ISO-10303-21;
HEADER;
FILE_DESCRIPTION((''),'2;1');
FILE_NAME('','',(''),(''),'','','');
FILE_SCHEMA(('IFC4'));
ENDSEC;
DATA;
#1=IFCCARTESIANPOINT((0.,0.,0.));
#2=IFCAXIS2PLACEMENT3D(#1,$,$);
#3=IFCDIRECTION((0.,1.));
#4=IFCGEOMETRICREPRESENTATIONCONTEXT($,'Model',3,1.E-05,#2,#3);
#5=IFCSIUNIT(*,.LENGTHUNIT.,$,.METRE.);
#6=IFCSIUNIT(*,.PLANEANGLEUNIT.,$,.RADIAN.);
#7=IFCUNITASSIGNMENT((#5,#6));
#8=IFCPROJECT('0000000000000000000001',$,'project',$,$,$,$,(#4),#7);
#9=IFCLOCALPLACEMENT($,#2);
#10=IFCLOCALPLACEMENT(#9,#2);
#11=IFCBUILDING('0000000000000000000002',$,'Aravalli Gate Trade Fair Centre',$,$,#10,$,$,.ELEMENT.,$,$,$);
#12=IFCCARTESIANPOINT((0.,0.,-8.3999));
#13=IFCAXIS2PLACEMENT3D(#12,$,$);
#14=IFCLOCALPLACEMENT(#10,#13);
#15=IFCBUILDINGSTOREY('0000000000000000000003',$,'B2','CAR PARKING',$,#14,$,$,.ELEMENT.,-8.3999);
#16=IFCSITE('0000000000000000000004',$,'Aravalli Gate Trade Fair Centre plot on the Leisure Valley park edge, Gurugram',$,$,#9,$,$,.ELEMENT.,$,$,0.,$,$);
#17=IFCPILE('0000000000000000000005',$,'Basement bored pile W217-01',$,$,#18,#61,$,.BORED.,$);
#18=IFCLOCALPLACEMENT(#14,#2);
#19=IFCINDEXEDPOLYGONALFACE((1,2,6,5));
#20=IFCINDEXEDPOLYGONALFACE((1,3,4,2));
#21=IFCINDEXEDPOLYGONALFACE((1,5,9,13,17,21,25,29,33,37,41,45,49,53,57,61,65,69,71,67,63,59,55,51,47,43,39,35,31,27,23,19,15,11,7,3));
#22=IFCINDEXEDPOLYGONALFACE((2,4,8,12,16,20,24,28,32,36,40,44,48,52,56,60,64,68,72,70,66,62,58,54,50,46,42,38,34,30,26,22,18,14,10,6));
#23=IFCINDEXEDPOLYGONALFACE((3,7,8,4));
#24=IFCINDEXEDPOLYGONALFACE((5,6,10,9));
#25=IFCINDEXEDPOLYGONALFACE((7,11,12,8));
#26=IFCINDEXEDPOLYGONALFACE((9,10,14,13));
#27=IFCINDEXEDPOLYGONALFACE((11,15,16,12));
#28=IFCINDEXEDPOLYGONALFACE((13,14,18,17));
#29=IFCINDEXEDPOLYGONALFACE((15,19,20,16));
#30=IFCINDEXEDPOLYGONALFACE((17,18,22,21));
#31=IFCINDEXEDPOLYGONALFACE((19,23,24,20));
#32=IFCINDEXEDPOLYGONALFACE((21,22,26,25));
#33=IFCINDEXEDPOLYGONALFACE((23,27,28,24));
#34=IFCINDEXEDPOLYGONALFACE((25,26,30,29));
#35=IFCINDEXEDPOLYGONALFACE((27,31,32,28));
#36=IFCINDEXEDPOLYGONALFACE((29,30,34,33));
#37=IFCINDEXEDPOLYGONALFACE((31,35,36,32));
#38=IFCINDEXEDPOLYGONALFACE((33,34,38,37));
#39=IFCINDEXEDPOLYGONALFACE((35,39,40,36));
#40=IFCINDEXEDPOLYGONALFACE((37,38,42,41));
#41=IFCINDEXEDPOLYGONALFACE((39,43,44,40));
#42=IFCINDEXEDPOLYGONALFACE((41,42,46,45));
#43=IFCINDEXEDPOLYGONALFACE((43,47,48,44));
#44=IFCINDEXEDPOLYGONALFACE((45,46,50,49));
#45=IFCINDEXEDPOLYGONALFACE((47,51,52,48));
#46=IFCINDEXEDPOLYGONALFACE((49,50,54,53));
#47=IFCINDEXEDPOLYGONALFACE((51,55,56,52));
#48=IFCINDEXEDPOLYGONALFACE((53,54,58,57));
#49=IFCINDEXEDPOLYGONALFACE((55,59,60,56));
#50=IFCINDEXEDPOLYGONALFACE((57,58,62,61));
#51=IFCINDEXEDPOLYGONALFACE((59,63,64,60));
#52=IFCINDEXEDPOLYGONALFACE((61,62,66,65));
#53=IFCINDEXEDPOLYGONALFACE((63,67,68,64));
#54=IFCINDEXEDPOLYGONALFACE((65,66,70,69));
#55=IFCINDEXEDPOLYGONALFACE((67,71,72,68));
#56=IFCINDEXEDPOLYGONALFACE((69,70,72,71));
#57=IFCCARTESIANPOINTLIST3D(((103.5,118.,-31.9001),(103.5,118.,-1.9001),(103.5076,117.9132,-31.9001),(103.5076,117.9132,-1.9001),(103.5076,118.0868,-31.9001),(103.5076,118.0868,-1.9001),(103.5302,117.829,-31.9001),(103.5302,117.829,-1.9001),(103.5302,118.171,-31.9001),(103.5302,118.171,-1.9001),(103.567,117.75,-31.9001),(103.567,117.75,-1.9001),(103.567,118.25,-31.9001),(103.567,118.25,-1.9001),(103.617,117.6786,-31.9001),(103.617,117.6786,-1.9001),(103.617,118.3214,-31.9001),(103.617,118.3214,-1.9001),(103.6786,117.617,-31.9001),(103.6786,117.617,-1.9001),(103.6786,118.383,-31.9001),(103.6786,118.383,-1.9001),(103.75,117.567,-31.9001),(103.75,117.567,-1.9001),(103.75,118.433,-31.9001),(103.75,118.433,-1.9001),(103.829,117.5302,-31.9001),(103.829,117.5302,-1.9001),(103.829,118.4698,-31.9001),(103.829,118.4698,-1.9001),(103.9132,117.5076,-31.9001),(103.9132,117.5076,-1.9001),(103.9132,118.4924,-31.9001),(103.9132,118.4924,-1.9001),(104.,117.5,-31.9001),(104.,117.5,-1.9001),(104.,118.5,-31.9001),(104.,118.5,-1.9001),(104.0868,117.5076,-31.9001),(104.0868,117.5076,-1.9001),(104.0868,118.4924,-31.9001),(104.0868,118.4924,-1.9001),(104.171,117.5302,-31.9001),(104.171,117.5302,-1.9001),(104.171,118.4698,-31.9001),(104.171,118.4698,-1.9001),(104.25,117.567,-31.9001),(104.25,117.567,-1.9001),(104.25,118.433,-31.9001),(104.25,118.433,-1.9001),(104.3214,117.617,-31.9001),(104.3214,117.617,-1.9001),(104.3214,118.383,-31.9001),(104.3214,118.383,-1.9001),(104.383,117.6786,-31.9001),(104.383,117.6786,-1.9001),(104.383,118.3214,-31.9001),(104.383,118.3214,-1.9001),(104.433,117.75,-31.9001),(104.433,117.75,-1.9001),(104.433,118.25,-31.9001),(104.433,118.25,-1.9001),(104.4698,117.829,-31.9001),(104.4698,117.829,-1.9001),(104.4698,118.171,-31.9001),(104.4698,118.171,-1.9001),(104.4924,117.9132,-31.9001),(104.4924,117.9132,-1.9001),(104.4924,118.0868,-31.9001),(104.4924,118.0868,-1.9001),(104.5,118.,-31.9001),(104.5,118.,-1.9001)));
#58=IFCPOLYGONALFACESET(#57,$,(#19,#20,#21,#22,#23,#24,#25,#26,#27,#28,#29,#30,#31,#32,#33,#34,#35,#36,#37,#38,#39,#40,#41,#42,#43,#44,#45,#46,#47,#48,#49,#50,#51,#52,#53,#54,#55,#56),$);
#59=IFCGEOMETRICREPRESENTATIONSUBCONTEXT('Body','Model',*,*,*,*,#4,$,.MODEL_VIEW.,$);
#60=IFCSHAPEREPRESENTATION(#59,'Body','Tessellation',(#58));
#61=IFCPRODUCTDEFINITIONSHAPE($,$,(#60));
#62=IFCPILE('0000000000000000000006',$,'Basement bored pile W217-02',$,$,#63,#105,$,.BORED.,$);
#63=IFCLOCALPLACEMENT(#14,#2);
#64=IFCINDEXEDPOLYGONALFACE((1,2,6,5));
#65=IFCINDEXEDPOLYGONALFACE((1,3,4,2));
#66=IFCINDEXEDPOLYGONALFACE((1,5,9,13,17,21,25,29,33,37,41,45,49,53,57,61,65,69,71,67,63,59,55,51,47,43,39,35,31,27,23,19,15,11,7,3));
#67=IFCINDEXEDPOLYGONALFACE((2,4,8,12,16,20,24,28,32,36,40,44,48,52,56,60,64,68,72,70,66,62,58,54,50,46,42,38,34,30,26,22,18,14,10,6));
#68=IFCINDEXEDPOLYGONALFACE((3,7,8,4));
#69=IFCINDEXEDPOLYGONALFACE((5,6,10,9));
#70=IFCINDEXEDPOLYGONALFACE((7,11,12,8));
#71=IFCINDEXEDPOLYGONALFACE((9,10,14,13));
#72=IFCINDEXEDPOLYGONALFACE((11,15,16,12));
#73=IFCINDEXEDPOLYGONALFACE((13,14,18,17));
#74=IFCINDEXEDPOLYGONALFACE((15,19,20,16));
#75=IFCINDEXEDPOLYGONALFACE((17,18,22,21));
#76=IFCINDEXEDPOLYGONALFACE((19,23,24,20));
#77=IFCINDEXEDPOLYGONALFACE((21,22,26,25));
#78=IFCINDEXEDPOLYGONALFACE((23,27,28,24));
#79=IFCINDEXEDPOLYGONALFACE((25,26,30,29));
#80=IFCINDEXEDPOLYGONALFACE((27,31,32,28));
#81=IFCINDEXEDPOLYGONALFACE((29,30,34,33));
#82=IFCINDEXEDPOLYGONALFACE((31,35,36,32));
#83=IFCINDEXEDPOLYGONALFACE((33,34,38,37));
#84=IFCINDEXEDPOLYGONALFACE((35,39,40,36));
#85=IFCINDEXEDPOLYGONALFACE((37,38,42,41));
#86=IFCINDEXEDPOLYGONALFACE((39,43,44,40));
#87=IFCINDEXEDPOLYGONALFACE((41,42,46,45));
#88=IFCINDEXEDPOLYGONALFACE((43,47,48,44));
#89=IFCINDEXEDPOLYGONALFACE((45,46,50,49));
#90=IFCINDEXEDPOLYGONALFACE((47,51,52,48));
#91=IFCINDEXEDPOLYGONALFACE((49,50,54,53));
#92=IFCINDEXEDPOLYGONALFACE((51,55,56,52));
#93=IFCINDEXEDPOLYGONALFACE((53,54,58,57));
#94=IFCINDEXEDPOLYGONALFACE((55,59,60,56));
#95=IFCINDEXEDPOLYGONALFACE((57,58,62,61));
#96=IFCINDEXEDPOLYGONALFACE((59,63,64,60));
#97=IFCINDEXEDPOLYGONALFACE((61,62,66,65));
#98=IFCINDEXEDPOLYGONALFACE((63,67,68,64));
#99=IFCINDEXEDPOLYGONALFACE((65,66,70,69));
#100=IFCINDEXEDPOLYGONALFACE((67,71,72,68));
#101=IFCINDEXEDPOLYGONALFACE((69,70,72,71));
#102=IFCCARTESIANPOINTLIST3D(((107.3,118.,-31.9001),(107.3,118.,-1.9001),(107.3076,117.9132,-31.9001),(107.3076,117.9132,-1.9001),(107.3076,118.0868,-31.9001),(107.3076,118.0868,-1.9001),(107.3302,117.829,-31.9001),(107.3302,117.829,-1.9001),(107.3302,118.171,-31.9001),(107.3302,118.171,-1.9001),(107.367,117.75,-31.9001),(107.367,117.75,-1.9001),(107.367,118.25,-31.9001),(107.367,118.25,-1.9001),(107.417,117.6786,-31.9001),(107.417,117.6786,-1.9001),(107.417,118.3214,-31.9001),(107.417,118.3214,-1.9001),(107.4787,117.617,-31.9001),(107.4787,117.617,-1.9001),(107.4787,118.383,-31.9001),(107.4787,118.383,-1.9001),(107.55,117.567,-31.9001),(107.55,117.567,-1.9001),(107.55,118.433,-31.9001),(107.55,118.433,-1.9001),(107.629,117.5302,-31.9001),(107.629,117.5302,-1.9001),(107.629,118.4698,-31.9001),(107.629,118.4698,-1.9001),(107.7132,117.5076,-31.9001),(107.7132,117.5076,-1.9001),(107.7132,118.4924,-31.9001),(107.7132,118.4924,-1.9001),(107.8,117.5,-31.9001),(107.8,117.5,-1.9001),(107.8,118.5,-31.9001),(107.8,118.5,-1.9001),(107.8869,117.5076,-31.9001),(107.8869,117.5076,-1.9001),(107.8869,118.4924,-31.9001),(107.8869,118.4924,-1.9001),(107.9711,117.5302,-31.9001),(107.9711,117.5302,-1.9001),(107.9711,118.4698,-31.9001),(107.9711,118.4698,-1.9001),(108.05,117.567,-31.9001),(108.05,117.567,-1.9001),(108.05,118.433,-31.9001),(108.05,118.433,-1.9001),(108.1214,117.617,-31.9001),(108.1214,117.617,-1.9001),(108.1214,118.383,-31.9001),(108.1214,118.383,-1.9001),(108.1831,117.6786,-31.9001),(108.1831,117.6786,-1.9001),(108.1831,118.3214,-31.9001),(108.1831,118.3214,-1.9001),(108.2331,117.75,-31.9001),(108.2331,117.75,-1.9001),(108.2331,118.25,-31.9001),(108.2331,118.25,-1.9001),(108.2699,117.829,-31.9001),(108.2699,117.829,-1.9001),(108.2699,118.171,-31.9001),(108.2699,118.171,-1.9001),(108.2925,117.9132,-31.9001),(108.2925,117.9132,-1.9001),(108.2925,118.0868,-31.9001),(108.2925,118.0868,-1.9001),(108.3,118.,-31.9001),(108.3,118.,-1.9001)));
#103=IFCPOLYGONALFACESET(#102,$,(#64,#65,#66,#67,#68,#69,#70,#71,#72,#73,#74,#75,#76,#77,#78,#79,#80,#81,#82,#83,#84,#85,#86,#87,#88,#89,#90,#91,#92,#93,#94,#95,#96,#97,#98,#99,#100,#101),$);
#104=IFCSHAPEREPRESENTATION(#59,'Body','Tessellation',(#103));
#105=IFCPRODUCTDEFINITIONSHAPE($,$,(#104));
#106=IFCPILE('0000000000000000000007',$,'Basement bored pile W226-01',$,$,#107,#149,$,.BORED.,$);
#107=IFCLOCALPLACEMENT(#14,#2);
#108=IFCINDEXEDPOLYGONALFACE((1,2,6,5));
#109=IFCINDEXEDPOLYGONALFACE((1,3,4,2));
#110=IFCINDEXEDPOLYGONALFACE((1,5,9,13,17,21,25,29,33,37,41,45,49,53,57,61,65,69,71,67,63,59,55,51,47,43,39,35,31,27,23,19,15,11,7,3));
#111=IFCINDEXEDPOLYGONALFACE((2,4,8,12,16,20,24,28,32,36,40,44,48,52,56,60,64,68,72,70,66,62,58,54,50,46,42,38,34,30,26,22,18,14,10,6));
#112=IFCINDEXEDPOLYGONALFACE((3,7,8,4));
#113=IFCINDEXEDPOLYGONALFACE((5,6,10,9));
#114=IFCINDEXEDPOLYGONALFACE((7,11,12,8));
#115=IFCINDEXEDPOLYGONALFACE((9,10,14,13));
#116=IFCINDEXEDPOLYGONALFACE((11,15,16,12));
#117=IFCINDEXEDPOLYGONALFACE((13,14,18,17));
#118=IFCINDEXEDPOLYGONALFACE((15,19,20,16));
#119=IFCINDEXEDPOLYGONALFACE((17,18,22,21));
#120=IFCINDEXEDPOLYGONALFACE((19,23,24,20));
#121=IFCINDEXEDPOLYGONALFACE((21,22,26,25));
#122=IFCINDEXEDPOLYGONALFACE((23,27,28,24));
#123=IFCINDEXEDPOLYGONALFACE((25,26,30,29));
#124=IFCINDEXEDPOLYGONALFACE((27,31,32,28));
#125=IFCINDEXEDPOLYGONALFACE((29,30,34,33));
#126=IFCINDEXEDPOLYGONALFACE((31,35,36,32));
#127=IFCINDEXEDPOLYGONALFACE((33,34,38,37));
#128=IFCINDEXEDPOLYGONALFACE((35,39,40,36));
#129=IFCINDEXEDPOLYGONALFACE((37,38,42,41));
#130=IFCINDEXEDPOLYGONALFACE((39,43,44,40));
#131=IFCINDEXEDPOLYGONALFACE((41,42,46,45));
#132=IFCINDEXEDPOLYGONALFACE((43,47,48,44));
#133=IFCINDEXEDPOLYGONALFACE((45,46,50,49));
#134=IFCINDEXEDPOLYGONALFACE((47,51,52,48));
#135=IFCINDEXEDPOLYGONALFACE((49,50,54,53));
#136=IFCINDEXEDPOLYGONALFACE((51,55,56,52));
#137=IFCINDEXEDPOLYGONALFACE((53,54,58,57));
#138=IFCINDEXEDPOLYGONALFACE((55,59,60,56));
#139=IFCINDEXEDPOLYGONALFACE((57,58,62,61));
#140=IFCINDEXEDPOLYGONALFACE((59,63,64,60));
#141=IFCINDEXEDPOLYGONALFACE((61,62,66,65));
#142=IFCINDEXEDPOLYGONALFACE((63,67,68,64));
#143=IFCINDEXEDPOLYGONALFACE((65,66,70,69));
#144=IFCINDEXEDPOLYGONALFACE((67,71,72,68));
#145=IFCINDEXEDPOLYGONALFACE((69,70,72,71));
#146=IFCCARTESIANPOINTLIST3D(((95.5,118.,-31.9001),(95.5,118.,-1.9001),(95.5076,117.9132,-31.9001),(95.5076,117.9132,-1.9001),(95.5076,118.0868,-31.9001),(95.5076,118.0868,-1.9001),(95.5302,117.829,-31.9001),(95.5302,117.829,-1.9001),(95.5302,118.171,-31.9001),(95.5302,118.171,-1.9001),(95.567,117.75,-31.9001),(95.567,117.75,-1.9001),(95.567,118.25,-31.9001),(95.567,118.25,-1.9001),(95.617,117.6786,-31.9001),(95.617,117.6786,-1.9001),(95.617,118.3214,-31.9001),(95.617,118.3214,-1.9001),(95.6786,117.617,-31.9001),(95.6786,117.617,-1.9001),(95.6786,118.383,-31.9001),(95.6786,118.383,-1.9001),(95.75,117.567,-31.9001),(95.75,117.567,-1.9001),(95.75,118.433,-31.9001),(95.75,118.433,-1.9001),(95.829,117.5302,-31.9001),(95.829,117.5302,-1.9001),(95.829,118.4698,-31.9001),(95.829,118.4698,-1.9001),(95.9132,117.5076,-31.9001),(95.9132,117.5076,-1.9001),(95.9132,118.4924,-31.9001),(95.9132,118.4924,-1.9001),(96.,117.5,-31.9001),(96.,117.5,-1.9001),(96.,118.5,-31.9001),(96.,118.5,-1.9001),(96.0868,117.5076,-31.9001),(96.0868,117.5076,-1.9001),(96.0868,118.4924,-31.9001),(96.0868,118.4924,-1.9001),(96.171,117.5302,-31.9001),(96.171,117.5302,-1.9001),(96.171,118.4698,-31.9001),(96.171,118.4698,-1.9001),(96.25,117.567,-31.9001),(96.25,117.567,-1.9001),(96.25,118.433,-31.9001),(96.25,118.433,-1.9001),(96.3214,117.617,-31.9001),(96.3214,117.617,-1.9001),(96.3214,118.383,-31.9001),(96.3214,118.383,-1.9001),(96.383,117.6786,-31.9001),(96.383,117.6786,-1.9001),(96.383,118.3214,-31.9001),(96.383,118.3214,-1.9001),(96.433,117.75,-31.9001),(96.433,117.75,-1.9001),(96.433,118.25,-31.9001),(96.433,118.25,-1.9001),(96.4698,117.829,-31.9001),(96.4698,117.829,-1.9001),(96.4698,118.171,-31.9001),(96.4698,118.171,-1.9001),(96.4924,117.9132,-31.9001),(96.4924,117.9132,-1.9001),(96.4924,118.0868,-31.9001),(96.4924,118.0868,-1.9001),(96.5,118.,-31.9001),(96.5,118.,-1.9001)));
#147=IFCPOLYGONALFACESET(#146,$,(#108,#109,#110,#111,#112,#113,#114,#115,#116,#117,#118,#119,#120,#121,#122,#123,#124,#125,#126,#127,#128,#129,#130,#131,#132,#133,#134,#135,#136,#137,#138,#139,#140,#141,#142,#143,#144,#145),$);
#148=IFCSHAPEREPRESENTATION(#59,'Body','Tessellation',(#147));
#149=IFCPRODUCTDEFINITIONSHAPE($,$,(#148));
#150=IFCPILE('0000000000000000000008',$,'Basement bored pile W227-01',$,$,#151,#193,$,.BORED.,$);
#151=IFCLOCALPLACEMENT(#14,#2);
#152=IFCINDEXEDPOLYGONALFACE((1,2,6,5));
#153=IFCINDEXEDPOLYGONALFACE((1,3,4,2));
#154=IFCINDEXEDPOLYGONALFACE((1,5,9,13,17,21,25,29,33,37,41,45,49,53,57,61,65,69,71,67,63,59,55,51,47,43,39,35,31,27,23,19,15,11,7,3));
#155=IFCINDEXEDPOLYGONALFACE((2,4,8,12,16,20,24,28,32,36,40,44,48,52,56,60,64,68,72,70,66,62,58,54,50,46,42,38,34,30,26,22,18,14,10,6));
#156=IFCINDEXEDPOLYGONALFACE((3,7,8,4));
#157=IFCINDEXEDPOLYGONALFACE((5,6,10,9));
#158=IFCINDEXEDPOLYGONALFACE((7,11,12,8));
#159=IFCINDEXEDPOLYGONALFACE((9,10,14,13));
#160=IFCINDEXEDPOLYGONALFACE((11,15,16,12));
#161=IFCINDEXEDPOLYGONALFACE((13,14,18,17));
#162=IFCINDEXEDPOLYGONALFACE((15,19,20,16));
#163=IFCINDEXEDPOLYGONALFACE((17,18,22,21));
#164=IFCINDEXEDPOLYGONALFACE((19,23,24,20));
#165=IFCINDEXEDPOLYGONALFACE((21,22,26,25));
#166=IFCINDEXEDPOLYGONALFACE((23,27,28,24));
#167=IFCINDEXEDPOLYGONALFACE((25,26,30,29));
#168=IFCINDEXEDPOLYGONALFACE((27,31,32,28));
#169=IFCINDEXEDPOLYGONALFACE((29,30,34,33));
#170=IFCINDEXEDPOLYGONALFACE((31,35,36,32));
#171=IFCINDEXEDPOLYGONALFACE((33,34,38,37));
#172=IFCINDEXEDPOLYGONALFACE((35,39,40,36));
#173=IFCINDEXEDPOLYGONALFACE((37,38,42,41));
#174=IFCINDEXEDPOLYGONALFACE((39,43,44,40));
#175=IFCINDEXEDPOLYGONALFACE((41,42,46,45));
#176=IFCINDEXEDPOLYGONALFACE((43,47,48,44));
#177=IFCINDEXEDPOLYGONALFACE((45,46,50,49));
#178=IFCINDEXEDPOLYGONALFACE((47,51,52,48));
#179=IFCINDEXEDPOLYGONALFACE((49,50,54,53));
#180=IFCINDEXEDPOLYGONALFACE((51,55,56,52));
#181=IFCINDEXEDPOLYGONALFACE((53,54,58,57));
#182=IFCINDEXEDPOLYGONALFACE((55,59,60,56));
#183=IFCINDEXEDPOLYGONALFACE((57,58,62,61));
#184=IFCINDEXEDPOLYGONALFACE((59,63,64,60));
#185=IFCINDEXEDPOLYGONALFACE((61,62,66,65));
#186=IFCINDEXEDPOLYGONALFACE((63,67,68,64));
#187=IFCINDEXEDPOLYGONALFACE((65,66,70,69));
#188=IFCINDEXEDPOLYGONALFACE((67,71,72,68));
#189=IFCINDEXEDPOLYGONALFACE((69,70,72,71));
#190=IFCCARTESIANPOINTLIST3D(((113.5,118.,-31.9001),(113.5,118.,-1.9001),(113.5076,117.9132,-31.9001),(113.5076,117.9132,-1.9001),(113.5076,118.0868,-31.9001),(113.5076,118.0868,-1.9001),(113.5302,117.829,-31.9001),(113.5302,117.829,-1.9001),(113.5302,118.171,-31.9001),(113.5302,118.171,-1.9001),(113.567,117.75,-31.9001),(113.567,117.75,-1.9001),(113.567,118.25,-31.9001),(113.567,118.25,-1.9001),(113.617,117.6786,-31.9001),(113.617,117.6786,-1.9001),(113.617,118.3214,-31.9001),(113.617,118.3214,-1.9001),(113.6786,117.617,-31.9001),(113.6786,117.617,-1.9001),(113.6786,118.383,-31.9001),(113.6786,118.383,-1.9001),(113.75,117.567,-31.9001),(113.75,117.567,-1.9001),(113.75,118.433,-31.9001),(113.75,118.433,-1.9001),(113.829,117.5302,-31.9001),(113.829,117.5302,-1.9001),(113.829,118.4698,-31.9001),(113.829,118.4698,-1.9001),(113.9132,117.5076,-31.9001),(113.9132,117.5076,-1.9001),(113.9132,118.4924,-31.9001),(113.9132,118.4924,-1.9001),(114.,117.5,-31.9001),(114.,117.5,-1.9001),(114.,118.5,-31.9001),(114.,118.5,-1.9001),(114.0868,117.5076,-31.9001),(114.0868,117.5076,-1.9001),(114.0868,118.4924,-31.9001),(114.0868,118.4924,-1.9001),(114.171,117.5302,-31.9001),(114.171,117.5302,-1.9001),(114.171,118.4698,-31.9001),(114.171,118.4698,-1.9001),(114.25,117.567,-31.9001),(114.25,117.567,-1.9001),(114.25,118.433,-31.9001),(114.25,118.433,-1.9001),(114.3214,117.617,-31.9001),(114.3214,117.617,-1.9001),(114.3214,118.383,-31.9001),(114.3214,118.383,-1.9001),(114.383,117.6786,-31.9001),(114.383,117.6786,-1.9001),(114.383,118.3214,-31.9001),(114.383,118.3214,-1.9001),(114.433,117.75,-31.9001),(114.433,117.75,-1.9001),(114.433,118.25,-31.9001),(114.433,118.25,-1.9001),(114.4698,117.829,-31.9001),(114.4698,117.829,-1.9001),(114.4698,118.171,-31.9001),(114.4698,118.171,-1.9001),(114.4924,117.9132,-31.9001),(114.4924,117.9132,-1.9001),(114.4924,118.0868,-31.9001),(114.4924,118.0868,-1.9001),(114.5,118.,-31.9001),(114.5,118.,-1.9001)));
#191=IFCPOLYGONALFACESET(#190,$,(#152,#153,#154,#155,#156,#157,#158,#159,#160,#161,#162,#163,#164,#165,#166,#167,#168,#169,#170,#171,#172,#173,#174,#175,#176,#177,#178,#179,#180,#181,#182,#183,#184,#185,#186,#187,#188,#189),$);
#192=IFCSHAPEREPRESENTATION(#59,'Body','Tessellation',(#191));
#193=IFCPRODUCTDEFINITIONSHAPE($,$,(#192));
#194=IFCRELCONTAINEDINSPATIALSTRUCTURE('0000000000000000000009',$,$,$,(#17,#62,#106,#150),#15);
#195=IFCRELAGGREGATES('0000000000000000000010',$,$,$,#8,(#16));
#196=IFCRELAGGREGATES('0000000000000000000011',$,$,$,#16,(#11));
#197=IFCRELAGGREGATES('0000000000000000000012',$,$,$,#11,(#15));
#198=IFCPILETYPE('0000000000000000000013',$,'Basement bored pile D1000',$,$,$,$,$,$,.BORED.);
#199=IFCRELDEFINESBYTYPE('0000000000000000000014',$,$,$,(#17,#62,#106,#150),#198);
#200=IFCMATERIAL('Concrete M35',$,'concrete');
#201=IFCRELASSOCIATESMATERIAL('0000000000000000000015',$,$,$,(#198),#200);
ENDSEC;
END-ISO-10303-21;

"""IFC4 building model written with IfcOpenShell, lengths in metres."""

from ifc_helpers import new_model, si_unit, direction, frame, origin, origin_2d, place, context, subcontext, project, spatial, circle, extrude, material, material_profile, profile_set, type_object, element, save


model = new_model("IFC4")

# Units and contexts
model_context = context("Model", 3, precision=1e-05, world=origin(), true_north=direction((0.0, 1.0)))
body_context = subcontext(model_context, "Body", "Model", "MODEL_VIEW")
ifc_project = project(units=[si_unit("LENGTHUNIT", "METRE"), si_unit("PLANEANGLEUNIT", "RADIAN")], contexts=[model_context])

# Site, building, storey
site_placement = place(None, origin())
site = spatial("IfcSite", under=ifc_project, at=site_placement, Name="Aravalli Gate Trade Fair Centre plot on the Leisure Valley park edge, Gurugram", CompositionType="ELEMENT", RefElevation=0.0)
building_placement = place(site_placement, origin())
building = spatial("IfcBuilding", under=site, at=building_placement, Name="Aravalli Gate Trade Fair Centre", CompositionType="ELEMENT")
storey_placement = place(building_placement, frame((0.0, 0.0, -8.3999)))
storey = spatial("IfcBuildingStorey", under=building, at=storey_placement, Name="B2", Description="CAR PARKING", CompositionType="ELEMENT", Elevation=-8.3999)

# Piles
ifc_material_1 = material(Name="Concrete M35", Category="concrete")
ifc_material_profile_1 = material_profile(ifc_material_1, circle(Radius=0.5, at=origin_2d()), Name="D1000")
ifc_profile_set_1 = profile_set([ifc_material_profile_1], Name="Concrete M35")
pile_type = type_object("IfcPileType", Name="Basement bored pile D1000", PredefinedType="BORED", material=ifc_profile_set_1)
for number, where, z_axis, x_axis, name in (
    (1, (104.0, 118.0, -1.9001), (0.0, 0.0, -1.0), (1.0, 0.0, 0.0), "Basement bored pile W217-01"),
    (2, (107.8, 118.0, -1.9001), (0.0, 0.0, -1.0), (1.0, 0.0, 0.0), "Basement bored pile W217-02"),
    (3, (96.0, 118.0, -1.9001), (0.0, 0.0, -1.0), (1.0, 0.0, 0.0), "Basement bored pile W226-01"),
    (4, (114.0, 118.0, -1.9001), (0.0, 0.0, -1.0), (1.0, 0.0, 0.0), "Basement bored pile W227-01"),
):
    element("IfcPile", number, at=place(storey_placement, frame(where, z_axis=z_axis, x_axis=x_axis)), inside=storey, type_object=pile_type, Name=name, PredefinedType="BORED", context=body_context, shape_type="SweptSolid", body=[
        extrude(circle(Radius=0.5, at=origin_2d()), origin(), (0.0, 0.0, 1.0), 30.0),
    ])

save(model, "model.ifc")
